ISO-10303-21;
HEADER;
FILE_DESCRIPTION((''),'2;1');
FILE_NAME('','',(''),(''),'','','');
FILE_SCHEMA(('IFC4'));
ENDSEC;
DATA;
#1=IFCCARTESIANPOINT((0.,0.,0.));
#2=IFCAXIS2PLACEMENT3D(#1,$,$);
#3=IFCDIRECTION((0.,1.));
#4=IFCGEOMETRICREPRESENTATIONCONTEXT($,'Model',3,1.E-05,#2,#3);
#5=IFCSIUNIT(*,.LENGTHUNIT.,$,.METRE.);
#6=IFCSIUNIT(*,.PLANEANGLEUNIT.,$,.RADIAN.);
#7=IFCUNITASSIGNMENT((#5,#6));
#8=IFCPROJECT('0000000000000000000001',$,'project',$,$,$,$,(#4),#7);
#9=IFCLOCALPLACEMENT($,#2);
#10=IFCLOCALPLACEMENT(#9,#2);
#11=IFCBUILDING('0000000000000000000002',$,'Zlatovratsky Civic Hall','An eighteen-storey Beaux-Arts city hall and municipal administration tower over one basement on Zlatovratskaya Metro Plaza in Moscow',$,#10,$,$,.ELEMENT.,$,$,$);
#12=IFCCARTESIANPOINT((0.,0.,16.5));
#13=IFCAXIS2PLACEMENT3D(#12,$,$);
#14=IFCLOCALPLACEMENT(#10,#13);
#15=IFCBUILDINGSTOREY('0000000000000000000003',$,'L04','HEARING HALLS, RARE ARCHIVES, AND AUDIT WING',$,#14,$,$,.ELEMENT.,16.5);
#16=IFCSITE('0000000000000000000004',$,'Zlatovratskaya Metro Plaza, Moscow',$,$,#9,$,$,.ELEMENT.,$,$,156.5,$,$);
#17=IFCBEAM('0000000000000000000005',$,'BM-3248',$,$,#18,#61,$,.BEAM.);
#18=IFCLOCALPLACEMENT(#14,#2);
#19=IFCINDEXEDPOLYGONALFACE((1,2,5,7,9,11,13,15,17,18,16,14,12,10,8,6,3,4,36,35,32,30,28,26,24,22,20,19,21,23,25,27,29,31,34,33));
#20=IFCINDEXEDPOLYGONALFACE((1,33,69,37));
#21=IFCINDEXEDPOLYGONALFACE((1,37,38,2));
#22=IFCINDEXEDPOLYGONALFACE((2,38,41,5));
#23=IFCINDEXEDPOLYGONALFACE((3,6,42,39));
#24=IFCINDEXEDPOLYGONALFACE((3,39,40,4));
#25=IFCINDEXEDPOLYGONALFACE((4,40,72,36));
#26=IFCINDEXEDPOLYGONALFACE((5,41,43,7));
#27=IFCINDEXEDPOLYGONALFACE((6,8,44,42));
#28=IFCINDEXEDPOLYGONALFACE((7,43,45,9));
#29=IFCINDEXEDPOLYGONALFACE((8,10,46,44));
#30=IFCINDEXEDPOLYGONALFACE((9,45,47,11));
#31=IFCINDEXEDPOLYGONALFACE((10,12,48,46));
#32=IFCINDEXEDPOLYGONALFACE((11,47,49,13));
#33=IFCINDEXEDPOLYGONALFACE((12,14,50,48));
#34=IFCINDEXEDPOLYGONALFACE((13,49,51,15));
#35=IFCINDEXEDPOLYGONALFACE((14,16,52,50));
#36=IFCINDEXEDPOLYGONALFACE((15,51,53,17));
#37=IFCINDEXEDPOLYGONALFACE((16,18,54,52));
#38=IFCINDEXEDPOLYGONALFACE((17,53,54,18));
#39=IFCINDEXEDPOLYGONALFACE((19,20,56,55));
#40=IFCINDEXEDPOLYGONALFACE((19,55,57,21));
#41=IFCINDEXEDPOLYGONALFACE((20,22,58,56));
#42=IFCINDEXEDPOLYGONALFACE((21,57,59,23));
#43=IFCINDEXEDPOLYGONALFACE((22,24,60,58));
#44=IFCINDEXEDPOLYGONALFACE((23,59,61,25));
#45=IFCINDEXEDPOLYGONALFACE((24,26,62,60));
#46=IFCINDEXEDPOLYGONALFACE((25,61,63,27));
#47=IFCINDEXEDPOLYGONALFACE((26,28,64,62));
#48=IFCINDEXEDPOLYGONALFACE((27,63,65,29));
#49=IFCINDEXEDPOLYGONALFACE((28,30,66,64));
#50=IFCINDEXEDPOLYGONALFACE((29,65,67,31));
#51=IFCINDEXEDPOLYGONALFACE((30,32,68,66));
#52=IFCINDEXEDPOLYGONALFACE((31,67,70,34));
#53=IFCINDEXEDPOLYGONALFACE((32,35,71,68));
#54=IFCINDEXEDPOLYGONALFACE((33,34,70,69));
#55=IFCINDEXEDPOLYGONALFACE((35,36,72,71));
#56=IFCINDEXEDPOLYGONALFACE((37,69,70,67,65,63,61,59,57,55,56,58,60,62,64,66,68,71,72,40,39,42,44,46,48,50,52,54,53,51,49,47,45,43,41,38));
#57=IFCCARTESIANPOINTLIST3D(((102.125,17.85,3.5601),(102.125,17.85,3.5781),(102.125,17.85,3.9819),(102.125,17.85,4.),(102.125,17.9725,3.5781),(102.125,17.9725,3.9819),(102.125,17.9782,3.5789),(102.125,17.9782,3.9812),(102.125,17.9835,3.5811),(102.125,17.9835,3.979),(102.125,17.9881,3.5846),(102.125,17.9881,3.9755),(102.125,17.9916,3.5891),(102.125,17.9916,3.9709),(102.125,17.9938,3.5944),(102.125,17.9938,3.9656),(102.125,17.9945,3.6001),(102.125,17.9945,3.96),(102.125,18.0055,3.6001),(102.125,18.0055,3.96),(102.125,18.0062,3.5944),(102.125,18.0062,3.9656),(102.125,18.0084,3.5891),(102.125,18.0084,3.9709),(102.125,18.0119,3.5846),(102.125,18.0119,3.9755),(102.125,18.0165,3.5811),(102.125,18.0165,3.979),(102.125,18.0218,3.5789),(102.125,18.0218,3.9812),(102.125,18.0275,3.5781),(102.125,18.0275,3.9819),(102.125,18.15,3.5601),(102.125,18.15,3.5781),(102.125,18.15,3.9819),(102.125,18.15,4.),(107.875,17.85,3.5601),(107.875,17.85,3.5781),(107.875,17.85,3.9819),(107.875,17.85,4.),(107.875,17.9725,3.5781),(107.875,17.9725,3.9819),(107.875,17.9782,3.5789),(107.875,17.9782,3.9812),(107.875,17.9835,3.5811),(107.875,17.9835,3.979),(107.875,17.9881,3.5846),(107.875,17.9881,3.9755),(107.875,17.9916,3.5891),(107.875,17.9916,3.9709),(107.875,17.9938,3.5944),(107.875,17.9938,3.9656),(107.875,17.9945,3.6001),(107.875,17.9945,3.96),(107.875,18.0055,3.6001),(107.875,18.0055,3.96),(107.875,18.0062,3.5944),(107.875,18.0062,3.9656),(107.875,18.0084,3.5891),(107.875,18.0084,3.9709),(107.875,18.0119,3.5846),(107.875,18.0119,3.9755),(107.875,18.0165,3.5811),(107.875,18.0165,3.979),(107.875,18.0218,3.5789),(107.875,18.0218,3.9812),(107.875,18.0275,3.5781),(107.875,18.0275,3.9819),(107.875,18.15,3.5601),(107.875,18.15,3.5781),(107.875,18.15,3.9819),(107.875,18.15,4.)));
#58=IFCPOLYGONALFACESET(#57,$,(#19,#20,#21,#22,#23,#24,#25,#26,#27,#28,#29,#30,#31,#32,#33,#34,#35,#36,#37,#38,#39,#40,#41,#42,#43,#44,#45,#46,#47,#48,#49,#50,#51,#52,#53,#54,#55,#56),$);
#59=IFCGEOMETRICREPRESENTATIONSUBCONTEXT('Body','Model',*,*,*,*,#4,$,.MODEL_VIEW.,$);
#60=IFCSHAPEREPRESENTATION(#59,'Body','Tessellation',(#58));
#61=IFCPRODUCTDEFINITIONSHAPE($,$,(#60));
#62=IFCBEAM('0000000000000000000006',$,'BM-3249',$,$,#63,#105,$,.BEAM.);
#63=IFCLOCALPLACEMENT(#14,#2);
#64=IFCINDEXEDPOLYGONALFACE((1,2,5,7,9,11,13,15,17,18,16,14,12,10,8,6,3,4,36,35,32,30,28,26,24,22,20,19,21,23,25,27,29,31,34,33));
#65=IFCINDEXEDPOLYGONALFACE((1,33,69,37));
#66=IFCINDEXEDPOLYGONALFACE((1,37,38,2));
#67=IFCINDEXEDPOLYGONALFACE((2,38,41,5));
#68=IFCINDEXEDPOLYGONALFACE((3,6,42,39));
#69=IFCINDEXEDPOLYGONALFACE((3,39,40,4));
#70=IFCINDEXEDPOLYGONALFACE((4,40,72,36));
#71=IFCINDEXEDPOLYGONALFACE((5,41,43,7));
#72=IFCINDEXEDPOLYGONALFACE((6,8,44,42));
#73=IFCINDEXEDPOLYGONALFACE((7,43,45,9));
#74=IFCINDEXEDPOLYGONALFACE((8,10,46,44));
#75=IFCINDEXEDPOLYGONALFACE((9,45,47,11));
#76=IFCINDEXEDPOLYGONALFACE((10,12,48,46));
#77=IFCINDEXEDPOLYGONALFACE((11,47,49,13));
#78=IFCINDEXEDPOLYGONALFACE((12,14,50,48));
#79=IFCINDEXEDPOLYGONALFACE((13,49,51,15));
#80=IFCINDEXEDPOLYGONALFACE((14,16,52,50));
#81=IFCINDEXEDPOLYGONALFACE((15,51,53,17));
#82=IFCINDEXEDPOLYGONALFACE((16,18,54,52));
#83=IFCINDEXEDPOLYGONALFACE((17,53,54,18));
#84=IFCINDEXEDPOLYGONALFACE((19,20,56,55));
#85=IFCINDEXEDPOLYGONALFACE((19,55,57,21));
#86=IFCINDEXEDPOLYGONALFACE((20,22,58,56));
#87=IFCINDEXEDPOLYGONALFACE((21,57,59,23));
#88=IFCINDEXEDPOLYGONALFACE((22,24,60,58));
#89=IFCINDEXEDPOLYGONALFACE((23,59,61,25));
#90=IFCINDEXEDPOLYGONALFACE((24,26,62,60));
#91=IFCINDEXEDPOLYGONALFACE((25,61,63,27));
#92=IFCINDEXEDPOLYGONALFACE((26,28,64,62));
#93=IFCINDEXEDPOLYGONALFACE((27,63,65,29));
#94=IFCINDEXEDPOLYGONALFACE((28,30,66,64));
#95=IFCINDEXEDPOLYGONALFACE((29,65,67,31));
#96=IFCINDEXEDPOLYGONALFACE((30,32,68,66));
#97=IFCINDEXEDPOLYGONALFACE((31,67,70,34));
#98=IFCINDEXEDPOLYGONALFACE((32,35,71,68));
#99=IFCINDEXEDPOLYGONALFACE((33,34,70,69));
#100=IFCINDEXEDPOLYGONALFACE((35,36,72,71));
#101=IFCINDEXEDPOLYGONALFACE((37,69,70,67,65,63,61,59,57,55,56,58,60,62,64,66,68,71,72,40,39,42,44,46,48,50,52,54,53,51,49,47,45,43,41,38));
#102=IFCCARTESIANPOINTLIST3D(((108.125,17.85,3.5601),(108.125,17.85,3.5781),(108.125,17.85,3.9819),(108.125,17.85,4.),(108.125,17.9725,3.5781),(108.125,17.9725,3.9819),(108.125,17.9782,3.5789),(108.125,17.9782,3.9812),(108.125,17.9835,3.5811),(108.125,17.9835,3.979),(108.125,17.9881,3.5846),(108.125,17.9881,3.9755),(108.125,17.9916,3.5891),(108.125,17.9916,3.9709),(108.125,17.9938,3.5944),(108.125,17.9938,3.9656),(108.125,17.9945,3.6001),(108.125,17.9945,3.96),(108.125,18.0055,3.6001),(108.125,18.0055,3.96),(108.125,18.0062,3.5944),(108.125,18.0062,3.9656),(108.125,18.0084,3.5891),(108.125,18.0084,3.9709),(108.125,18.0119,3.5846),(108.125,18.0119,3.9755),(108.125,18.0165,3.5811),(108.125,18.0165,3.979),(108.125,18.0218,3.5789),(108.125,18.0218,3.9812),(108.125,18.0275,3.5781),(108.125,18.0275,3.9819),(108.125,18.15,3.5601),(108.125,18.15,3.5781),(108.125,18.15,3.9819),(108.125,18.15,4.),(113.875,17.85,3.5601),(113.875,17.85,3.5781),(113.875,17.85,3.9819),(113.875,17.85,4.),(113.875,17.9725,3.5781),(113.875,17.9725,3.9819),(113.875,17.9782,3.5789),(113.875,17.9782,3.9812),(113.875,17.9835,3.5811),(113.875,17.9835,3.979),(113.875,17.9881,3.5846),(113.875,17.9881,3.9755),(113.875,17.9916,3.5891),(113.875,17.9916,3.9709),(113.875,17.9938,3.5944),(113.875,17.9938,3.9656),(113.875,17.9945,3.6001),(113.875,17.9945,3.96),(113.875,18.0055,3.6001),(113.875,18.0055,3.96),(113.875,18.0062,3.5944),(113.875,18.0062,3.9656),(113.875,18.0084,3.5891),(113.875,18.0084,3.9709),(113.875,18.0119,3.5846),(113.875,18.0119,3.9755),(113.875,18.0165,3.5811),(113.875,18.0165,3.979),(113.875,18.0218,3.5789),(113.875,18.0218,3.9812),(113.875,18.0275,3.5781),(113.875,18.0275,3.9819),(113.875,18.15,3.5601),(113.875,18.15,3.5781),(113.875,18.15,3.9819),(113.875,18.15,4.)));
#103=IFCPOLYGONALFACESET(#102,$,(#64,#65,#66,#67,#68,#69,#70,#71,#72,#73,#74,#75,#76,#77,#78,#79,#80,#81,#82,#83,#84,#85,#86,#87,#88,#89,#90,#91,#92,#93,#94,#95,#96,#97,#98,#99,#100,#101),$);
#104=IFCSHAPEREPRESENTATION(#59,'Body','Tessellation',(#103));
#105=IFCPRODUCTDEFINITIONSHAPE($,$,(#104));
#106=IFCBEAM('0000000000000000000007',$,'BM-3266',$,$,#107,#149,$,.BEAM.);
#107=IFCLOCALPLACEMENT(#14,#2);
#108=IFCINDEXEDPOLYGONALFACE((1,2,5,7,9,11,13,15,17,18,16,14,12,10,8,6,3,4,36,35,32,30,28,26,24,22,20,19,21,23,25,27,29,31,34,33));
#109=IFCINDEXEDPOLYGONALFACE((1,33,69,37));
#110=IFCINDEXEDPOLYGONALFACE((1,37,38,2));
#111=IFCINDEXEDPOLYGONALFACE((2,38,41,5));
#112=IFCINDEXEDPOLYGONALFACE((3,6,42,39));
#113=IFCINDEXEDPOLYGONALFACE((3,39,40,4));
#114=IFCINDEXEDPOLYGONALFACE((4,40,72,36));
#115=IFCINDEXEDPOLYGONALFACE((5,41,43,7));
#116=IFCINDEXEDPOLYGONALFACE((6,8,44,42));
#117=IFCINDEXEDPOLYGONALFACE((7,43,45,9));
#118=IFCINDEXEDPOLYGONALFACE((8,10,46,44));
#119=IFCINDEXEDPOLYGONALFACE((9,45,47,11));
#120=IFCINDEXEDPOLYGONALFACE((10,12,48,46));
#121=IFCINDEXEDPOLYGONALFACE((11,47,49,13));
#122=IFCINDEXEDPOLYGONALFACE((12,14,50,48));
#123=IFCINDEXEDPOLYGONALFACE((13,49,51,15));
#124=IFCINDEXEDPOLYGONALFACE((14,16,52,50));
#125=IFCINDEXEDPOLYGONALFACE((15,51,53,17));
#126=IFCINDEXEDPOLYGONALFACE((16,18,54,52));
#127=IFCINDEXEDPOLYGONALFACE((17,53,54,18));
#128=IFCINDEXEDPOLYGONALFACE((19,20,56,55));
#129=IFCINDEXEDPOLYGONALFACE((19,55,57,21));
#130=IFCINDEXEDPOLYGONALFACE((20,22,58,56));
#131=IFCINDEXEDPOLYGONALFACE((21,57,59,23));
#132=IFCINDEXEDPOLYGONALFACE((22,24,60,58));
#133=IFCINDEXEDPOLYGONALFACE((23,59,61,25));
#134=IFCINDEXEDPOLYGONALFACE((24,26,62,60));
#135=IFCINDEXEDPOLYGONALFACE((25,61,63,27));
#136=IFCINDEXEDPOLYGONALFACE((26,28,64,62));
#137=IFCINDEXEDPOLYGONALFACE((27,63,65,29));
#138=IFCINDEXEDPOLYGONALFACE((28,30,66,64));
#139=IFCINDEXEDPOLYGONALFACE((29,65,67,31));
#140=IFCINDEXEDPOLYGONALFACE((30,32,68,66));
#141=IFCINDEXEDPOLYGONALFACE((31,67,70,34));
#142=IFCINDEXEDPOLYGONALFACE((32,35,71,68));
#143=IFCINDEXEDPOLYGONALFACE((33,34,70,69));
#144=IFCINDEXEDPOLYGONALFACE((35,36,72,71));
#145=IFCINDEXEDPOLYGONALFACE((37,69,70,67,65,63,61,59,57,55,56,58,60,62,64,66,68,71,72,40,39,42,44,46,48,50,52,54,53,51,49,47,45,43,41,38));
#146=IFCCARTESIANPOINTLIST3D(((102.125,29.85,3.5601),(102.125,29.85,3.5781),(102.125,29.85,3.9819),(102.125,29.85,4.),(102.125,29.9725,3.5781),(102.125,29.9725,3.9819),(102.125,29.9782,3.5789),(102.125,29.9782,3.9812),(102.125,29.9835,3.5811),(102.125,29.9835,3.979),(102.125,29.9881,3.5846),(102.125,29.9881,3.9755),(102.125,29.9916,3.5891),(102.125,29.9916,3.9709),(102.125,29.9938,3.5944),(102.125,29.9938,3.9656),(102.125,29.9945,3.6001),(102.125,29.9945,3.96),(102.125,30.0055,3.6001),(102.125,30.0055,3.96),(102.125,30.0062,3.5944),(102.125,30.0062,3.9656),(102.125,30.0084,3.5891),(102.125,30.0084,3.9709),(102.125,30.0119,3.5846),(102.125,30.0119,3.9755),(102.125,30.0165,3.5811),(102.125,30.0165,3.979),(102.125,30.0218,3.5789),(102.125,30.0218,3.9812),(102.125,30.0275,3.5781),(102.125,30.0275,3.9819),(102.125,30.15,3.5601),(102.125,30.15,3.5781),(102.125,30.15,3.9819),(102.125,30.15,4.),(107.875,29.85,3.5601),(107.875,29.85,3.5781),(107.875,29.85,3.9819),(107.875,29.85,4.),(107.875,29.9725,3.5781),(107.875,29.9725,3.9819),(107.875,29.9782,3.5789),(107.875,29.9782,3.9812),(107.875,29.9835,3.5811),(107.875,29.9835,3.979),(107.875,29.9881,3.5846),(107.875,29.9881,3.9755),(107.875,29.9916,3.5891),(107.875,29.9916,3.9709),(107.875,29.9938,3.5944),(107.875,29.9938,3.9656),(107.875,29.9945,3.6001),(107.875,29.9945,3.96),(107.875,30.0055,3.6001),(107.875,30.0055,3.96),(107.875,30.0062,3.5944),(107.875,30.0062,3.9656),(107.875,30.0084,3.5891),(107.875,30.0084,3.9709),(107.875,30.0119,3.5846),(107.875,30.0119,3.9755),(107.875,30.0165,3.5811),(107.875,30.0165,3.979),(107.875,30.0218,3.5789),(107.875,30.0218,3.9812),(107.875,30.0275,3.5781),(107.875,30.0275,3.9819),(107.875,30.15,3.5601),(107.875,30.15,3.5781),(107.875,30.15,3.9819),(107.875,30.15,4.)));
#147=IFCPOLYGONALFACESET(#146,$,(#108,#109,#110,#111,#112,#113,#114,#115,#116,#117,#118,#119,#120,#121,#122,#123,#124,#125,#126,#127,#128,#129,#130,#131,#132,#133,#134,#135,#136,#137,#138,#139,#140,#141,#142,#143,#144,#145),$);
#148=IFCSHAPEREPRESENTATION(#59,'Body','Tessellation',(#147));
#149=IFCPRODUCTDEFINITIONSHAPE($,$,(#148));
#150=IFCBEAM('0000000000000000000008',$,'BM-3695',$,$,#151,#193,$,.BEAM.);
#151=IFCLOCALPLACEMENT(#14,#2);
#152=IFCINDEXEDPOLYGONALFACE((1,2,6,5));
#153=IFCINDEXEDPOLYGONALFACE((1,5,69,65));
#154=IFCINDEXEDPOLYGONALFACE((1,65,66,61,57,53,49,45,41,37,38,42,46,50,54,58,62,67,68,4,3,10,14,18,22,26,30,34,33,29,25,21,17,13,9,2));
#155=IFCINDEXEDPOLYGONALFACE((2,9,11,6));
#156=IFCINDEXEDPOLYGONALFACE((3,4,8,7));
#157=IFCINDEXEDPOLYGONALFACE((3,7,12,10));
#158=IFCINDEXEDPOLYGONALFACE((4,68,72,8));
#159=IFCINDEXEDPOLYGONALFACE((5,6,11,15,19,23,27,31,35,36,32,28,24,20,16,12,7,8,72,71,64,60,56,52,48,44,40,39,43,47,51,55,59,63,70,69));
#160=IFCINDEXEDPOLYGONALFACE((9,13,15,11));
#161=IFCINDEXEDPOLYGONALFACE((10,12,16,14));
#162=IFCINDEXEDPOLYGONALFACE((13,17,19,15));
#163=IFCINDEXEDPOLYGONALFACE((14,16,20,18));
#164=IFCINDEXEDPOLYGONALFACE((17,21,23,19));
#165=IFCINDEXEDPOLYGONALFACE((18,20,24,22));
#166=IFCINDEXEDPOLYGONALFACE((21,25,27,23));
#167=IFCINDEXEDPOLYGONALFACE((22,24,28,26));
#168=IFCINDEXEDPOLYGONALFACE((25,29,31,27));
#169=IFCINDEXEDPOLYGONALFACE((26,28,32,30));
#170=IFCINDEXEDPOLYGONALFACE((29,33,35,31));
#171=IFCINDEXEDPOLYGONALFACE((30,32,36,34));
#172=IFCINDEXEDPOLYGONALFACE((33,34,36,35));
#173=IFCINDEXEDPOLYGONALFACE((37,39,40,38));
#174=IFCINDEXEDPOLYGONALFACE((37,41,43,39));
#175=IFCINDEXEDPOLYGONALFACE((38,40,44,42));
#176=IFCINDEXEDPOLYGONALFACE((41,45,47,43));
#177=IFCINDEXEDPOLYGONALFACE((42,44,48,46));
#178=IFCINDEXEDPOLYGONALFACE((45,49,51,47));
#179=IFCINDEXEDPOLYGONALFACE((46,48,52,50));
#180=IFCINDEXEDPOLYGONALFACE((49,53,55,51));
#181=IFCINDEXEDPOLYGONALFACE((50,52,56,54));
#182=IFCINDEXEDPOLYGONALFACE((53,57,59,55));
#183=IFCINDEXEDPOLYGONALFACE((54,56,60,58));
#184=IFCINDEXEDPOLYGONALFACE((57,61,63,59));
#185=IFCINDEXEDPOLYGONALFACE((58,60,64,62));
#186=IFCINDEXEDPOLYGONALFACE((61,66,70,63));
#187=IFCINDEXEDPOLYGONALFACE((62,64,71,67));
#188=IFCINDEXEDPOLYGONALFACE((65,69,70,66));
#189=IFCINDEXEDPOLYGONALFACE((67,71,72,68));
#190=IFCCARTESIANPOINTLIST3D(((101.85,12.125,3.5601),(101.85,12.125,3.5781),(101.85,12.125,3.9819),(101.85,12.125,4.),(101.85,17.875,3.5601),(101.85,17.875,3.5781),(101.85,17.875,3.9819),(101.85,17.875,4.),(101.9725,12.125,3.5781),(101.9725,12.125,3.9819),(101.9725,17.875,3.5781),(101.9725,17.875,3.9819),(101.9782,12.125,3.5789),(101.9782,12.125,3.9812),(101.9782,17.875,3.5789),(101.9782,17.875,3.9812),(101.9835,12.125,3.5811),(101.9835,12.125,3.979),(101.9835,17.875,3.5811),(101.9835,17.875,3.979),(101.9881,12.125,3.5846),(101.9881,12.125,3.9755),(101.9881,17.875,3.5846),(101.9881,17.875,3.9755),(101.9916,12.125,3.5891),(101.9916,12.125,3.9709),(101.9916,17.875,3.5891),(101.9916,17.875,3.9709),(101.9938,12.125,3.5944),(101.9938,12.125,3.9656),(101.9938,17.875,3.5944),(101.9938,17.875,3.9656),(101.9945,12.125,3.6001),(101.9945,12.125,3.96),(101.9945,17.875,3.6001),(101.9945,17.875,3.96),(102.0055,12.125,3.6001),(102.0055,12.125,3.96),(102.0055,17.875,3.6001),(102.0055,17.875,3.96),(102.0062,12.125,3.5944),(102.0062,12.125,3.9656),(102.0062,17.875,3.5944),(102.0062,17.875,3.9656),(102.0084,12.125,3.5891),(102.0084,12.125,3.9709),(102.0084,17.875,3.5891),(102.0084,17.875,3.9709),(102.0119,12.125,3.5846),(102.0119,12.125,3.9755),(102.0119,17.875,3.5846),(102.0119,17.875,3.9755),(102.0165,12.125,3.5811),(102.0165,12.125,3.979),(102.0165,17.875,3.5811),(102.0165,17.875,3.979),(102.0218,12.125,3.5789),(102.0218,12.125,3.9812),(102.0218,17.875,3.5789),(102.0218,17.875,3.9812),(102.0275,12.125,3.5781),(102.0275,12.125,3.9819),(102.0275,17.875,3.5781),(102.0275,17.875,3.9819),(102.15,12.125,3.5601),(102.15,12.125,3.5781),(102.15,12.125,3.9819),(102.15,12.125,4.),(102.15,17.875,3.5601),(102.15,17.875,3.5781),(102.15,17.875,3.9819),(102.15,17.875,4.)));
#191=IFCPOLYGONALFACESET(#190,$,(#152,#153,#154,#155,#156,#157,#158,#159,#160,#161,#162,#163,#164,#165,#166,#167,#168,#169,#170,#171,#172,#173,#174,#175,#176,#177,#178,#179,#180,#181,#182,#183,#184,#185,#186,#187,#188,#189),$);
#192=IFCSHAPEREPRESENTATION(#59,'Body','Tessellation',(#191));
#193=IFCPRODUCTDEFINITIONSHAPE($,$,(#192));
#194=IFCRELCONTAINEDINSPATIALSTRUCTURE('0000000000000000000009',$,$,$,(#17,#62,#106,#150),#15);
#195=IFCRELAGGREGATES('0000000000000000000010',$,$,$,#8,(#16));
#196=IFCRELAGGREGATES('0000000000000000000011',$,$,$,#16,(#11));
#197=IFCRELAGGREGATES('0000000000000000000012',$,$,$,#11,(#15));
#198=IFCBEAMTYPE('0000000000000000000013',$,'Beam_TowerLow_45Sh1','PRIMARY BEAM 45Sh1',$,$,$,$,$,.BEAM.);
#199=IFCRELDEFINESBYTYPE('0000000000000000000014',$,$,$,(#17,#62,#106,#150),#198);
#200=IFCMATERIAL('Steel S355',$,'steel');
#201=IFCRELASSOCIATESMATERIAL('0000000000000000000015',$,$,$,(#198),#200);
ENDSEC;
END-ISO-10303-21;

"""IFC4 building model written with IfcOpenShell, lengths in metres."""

from ifc_helpers import new_model, si_unit, direction, frame, origin, origin_2d, place, context, subcontext, project, spatial, i_section, extrude, material, material_profile, profile_set, type_object, element, save


model = new_model("IFC4")

# Units and contexts
model_context = context("Model", 3, precision=1e-05, world=origin(), true_north=direction((0.0, 1.0)))
body_context = subcontext(model_context, "Body", "Model", "MODEL_VIEW")
ifc_project = project(units=[si_unit("LENGTHUNIT", "METRE"), si_unit("PLANEANGLEUNIT", "RADIAN")], contexts=[model_context])

# Site, building, storey
site_placement = place(None, origin())
site = spatial("IfcSite", under=ifc_project, at=site_placement, Name="Zlatovratskaya Metro Plaza, Moscow", CompositionType="ELEMENT", RefElevation=156.5)
building_placement = place(site_placement, origin())
building = spatial("IfcBuilding", under=site, at=building_placement, Name="Zlatovratsky Civic Hall", Description="An eighteen-storey Beaux-Arts city hall and municipal administration tower over one basement on Zlatovratskaya Metro Plaza in Moscow", CompositionType="ELEMENT")
storey_placement = place(building_placement, frame((0.0, 0.0, 16.5)))
storey = spatial("IfcBuildingStorey", under=building, at=storey_placement, Name="L04", Description="HEARING HALLS, RARE ARCHIVES, AND AUDIT WING", CompositionType="ELEMENT", Elevation=16.5)

# Shared definitions
ifc_material_1 = material(Name="Steel S355", Category="steel")

# Beams
ifc_material_profile_1 = material_profile(ifc_material_1, i_section(OverallWidth=0.3, OverallDepth=0.4399, WebThickness=0.011, FlangeThickness=0.0181, FilletRadius=0.022, at=origin_2d()), Name="45Sh1")
ifc_profile_set_1 = profile_set([ifc_material_profile_1], Name="Steel S355")
beam_type_1 = type_object("IfcBeamType", Name="Beam_TowerLow_45Sh1", Description="PRIMARY BEAM 45Sh1", PredefinedType="BEAM", material=ifc_profile_set_1)
for number, where, z_axis, x_axis, name in (
    (1, (102.125, 18.0, 3.78), (1.0, 0.0, 0.0), (0.0, 1.0, 0.0), "BM-3248"),
    (2, (108.125, 18.0, 3.78), (1.0, 0.0, 0.0), (0.0, 1.0, 0.0), "BM-3249"),
    (3, (102.125, 30.0, 3.78), (1.0, 0.0, 0.0), (0.0, 1.0, 0.0), "BM-3266"),
    (4, (102.0, 12.125, 3.78), (0.0, 1.0, 0.0), (-1.0, 0.0, 0.0), "BM-3695"),
):
    element("IfcBeam", number, at=place(storey_placement, frame(where, z_axis=z_axis, x_axis=x_axis)), inside=storey, type_object=beam_type_1, Name=name, PredefinedType="BEAM", context=body_context, shape_type="SweptSolid", body=[
        extrude(i_section(OverallWidth=0.3, OverallDepth=0.4399, WebThickness=0.011, FlangeThickness=0.0181, FilletRadius=0.022, at=origin_2d()), origin(), (0.0, 0.0, 1.0), 5.75),
    ])

save(model, "model.ifc")
